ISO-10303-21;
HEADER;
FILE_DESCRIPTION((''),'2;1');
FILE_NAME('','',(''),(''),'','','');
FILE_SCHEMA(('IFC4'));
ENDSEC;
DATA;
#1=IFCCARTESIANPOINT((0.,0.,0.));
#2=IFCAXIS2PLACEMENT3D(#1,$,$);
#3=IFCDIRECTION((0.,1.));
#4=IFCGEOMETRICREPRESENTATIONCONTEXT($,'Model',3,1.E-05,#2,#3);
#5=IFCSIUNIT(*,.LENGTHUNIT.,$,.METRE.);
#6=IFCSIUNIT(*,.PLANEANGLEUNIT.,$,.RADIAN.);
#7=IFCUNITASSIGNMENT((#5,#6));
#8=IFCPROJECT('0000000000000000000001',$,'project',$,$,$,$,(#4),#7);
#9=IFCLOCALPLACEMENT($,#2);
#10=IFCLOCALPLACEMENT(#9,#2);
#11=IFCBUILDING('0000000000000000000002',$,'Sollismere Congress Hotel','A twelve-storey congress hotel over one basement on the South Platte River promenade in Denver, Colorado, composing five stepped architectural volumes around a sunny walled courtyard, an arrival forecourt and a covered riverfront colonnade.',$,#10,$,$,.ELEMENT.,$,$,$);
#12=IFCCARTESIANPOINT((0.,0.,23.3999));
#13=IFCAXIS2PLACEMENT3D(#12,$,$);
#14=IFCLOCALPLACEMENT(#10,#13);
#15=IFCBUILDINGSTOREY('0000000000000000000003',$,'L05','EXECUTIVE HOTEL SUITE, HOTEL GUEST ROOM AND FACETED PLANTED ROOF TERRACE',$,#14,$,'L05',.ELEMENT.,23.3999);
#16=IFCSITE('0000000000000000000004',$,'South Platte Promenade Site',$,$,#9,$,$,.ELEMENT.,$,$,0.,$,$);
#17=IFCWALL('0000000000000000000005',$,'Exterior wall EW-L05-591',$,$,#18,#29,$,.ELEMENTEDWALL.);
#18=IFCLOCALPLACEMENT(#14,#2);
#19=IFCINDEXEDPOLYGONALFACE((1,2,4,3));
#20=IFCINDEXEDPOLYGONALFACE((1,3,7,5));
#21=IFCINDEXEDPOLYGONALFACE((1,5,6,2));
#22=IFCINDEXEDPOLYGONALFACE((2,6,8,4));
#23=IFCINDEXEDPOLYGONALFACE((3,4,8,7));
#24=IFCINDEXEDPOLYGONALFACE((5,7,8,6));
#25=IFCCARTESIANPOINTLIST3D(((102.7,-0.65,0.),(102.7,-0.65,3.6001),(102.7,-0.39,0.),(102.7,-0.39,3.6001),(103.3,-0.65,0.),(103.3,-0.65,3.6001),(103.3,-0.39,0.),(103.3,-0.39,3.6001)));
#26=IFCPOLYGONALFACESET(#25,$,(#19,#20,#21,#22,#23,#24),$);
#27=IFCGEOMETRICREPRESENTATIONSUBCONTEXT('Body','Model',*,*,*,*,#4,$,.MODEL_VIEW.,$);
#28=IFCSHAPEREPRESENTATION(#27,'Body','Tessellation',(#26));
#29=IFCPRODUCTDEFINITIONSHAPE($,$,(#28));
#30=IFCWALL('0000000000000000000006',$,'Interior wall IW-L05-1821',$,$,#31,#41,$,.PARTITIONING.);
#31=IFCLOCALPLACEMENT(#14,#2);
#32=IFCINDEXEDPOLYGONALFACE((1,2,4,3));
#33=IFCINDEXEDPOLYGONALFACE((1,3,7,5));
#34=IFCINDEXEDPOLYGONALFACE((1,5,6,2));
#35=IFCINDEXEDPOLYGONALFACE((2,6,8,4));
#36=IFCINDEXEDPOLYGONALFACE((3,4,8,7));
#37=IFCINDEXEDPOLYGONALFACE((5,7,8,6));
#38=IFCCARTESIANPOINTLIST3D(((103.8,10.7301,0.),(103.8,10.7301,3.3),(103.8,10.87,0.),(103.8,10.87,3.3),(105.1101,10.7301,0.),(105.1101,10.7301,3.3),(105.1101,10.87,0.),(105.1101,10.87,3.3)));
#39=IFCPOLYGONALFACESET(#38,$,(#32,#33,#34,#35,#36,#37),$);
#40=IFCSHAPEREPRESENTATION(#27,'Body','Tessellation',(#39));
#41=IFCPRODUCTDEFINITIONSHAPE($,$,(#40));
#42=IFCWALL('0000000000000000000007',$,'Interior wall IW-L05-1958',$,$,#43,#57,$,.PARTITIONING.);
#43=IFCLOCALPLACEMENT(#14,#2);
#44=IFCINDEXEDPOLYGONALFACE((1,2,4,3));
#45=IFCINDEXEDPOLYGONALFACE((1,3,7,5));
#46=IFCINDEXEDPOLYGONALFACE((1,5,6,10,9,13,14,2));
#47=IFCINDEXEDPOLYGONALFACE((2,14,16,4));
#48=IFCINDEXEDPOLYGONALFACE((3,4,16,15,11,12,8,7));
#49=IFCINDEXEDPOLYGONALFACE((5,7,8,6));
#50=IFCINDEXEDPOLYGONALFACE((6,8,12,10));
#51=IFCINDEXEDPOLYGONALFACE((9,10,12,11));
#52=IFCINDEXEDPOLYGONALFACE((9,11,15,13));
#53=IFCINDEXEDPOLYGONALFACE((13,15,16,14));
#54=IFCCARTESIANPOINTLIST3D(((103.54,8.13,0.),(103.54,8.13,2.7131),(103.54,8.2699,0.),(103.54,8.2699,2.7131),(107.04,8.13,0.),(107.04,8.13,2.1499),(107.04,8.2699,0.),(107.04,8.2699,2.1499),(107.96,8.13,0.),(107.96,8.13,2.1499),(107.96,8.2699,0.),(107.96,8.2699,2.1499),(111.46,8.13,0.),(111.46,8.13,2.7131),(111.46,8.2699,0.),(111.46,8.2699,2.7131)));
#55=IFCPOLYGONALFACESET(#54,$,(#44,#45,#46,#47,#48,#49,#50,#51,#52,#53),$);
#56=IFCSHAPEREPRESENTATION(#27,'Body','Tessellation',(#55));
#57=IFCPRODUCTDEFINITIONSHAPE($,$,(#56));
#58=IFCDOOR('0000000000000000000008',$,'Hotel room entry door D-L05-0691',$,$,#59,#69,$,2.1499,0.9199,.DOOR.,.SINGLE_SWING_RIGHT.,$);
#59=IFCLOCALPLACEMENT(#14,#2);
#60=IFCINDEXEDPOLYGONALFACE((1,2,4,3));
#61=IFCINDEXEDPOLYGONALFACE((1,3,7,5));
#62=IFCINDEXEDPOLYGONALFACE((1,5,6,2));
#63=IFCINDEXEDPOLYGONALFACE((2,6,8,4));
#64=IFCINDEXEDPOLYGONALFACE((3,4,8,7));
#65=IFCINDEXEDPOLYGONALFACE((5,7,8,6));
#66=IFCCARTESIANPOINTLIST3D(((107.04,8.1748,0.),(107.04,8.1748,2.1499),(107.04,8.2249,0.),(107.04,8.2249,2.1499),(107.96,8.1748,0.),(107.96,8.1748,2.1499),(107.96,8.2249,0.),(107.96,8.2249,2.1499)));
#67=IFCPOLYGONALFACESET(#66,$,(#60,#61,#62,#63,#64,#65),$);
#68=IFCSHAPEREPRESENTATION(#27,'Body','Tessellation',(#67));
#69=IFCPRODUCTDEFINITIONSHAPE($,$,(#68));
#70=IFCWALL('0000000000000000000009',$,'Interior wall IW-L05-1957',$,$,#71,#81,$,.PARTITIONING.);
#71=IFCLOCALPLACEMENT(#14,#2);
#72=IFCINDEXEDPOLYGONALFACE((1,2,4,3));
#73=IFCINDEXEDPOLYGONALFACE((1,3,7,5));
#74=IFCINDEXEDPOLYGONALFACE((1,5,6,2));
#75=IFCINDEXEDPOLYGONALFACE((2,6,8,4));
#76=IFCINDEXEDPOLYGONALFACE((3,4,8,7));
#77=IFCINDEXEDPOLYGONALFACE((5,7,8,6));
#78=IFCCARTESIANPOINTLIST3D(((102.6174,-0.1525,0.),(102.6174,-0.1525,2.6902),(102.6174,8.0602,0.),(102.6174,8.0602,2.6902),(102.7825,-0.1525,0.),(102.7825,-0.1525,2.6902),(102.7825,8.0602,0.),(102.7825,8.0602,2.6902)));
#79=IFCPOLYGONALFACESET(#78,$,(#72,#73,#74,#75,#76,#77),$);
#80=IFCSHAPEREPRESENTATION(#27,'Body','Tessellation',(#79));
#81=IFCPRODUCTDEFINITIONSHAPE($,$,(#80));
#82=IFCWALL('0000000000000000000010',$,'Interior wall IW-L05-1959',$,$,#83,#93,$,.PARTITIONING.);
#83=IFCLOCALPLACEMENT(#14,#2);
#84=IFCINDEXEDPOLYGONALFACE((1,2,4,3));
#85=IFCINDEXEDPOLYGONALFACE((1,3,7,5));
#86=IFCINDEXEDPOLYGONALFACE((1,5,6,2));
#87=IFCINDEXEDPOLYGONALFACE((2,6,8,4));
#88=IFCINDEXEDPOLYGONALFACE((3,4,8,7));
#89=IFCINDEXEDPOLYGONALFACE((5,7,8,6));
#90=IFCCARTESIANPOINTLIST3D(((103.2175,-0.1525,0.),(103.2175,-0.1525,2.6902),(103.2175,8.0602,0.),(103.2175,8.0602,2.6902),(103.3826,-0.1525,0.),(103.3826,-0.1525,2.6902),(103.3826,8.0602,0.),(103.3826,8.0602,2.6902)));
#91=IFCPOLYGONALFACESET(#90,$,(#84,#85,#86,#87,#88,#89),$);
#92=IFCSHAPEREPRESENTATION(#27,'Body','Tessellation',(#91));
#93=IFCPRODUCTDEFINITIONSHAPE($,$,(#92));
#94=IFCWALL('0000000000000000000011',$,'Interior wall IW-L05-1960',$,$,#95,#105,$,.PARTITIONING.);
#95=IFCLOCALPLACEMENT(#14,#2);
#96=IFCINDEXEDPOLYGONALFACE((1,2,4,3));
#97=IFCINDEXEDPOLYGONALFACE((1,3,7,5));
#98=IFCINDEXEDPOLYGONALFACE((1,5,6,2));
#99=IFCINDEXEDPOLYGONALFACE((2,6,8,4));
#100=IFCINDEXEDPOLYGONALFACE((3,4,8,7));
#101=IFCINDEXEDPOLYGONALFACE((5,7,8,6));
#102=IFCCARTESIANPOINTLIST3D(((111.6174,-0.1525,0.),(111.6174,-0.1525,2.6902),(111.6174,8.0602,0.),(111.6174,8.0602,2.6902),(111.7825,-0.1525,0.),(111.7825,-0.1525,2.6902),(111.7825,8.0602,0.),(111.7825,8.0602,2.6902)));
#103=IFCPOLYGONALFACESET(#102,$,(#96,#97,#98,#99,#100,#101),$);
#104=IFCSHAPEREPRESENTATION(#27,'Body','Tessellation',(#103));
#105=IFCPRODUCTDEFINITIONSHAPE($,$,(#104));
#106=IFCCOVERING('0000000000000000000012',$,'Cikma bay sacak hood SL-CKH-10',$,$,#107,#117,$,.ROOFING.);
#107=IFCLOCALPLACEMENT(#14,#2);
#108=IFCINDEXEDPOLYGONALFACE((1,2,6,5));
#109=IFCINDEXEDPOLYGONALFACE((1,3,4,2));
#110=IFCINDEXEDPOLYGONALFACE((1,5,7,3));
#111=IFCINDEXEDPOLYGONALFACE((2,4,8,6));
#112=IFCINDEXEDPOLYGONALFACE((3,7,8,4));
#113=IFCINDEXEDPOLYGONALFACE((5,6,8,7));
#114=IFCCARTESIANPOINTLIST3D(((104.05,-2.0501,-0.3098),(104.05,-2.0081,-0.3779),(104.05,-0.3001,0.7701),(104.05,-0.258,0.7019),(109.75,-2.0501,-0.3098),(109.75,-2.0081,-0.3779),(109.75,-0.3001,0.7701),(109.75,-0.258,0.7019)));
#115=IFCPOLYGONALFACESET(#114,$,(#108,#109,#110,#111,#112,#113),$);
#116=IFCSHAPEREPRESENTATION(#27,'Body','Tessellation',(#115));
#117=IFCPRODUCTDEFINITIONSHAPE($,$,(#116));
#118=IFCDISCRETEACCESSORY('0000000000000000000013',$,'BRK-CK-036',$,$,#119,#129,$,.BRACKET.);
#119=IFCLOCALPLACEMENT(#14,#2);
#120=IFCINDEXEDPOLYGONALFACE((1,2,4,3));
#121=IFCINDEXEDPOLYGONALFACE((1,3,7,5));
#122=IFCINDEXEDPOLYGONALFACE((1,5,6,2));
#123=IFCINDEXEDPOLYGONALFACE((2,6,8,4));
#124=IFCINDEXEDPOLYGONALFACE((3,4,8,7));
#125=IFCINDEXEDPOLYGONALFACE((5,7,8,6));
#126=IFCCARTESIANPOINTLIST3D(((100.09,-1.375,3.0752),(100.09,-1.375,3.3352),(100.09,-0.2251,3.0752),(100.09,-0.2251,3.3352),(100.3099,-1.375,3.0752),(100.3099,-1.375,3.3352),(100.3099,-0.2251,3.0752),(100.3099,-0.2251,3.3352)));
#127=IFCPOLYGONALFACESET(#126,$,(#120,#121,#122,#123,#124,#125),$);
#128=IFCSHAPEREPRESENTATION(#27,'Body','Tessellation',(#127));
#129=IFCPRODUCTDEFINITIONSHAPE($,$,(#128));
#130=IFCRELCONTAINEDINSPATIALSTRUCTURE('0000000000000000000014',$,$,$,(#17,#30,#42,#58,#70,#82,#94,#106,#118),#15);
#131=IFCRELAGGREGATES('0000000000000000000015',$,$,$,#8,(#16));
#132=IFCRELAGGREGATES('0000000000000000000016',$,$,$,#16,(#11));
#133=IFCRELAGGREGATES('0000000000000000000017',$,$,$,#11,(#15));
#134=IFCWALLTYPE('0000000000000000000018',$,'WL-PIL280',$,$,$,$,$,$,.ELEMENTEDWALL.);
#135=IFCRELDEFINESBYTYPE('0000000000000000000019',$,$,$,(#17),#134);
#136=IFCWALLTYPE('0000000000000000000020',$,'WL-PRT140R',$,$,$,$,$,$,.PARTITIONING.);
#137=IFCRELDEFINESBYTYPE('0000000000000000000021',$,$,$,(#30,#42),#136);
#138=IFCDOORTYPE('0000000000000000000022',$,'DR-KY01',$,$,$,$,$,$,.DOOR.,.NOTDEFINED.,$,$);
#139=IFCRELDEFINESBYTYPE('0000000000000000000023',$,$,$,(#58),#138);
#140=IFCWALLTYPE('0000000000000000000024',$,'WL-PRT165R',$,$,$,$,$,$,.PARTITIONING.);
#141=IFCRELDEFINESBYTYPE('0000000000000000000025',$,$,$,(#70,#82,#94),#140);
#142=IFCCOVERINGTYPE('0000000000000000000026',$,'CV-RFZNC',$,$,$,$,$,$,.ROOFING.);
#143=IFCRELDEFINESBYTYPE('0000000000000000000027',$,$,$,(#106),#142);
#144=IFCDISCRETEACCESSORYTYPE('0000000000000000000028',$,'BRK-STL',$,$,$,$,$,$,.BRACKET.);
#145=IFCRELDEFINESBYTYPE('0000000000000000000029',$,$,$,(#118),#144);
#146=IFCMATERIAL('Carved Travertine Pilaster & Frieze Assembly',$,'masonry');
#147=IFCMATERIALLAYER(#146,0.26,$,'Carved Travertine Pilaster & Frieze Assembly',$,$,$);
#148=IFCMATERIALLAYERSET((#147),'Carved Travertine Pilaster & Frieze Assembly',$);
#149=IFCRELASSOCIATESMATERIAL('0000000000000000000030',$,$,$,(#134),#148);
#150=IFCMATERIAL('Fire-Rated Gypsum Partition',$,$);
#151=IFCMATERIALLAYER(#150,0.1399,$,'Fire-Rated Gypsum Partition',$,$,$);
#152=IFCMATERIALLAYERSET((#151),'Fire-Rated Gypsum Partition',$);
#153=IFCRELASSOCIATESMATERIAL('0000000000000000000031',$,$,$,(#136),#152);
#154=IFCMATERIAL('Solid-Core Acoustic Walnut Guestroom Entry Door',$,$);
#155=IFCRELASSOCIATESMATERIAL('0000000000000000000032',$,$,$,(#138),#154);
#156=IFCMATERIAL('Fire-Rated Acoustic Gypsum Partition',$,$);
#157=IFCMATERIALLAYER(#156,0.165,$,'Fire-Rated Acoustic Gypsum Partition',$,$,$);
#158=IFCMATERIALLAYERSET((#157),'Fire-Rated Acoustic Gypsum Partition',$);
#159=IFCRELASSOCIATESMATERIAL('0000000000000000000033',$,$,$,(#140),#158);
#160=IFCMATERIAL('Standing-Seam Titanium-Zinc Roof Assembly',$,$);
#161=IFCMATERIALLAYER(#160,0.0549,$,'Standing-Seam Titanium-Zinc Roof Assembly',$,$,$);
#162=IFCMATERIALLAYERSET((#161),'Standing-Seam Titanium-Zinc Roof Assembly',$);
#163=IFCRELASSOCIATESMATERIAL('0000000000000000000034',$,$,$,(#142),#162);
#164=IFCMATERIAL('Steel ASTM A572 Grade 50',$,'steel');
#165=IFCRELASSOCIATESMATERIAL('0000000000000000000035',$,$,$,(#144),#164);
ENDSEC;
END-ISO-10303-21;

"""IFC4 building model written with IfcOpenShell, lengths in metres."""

from ifc_helpers import new_model, si_unit, direction, frame, frame_2d, origin, origin_2d, place, context, subcontext, project, spatial, polyline, rectangle, outline, extrude, material, layer, layer_set, type_object, element, fill, save


model = new_model("IFC4")

# Units and contexts
model_context = context("Model", 3, precision=1e-05, world=origin(), true_north=direction((0.0, 1.0)))
body_context = subcontext(model_context, "Body", "Model", "MODEL_VIEW")
ifc_project = project(units=[si_unit("LENGTHUNIT", "METRE"), si_unit("PLANEANGLEUNIT", "RADIAN")], contexts=[model_context])

# Site, building, storey
site_placement = place(None, origin())
site = spatial("IfcSite", under=ifc_project, at=site_placement, Name="South Platte Promenade Site", CompositionType="ELEMENT", RefElevation=0.0)
building_placement = place(site_placement, origin())
building = spatial("IfcBuilding", under=site, at=building_placement, Name="Sollismere Congress Hotel", Description="A twelve-storey congress hotel over one basement on the South Platte River promenade in Denver, Colorado, composing five stepped architectural volumes around a sunny walled courtyard, an arrival forecourt and a covered riverfront colonnade.", CompositionType="ELEMENT")
storey_placement = place(building_placement, frame((0.0, 0.0, 23.3999)))
storey = spatial("IfcBuildingStorey", under=building, at=storey_placement, Name="L05", Description="EXECUTIVE HOTEL SUITE, HOTEL GUEST ROOM AND FACETED PLANTED ROOF TERRACE", LongName="L05", CompositionType="ELEMENT", Elevation=23.3999)

# Walls
ifc_material_1 = material(Name="Carved Travertine Pilaster & Frieze Assembly", Category="masonry")
ifc_layer_1 = layer(ifc_material_1, 0.26, Name="Carved Travertine Pilaster & Frieze Assembly")
ifc_layer_set_1 = layer_set([ifc_layer_1], Name="Carved Travertine Pilaster & Frieze Assembly")
wall_type_1 = type_object("IfcWallType", Name="WL-PIL280", PredefinedType="ELEMENTEDWALL", material=ifc_layer_set_1)
wall_1_placement = place(storey_placement, frame((102.7, -0.52, 0.0), z_axis=(0.0, 0.0, 1.0), x_axis=(1.0, 0.0, 0.0)))
element("IfcWall", 1, at=wall_1_placement, inside=storey, type_object=wall_type_1, Name="Exterior wall EW-L05-591", PredefinedType="ELEMENTEDWALL", context=body_context, shape_type="SweptSolid", body=[
    extrude(rectangle(XDim=0.6001, YDim=0.26, at=frame_2d((0.3, 0.0))), origin(), (0.0, 0.0, 1.0), 3.6001),
])
ifc_material_2 = material(Name="Fire-Rated Gypsum Partition")
ifc_layer_2 = layer(ifc_material_2, 0.1399, Name="Fire-Rated Gypsum Partition")
ifc_layer_set_2 = layer_set([ifc_layer_2], Name="Fire-Rated Gypsum Partition")
wall_type_2 = type_object("IfcWallType", Name="WL-PRT140R", PredefinedType="PARTITIONING", material=ifc_layer_set_2)
wall_2_placement = place(storey_placement, frame((103.8, 10.8, 0.0), z_axis=(0.0, 0.0, 1.0), x_axis=(1.0, 0.0, 0.0)))
element("IfcWall", 2, at=wall_2_placement, inside=storey, type_object=wall_type_2, Name="Interior wall IW-L05-1821", PredefinedType="PARTITIONING", context=body_context, shape_type="SweptSolid", body=[
    extrude(rectangle(XDim=1.3101, YDim=0.1399, at=frame_2d((0.655, 0.0))), origin(), (0.0, 0.0, 1.0), 3.3),
])

# Wall, opening, door
ifc_material_3 = material(Name="Solid-Core Acoustic Walnut Guestroom Entry Door")
wall_3_placement = place(storey_placement, frame((103.54, 8.2, 0.0), z_axis=(0.0, 0.0, 1.0), x_axis=(1.0, 0.0, 0.0)))
wall_3 = element("IfcWall", 3, at=wall_3_placement, inside=storey, type_object=wall_type_2, Name="Interior wall IW-L05-1958", PredefinedType="PARTITIONING", context=body_context, shape_type="SweptSolid", body=[
    extrude(rectangle(XDim=7.9199, YDim=0.1399, at=frame_2d((3.96, 0.0))), origin(), (0.0, 0.0, 1.0), 2.7131),
])
opening_1_placement = place(wall_3_placement, frame((3.5, 0.0, 0.0)))
opening_1 = element("IfcOpeningElement", 4, at=opening_1_placement, cuts=wall_3, PredefinedType="OPENING", context=body_context, shape_type="SweptSolid", body=[
    extrude(rectangle(XDim=0.9199, YDim=2.1499, at=frame_2d((0.46, 1.075))), frame((0.0, 0.0798, 0.0), z_axis=(0.0, -1.0, 0.0), x_axis=(1.0, 0.0, 0.0)), (0.0, 0.0, 1.0), 0.1599),
])
door_type_1 = type_object("IfcDoorType", Name="DR-KY01", OperationType="NOTDEFINED", PredefinedType="DOOR", material=ifc_material_3)
door_1_placement = place(opening_1_placement, origin())
door_1 = element("IfcDoor", 5, at=door_1_placement, inside=storey, type_object=door_type_1, Name="Hotel room entry door D-L05-0691", OperationType="SINGLE_SWING_RIGHT", OverallHeight=2.1499, OverallWidth=0.9199, PredefinedType="DOOR", context=body_context, shape_type="SweptSolid", body=[
    extrude(rectangle(XDim=0.9199, YDim=2.1499, at=frame_2d((0.46, 1.075))), frame((0.0, 0.0249, 0.0), z_axis=(0.0, -1.0, 0.0), x_axis=(1.0, 0.0, 0.0)), (0.0, 0.0, 1.0), 0.05),
])
fill(opening_1, door_1)

# Walls
ifc_material_4 = material(Name="Fire-Rated Acoustic Gypsum Partition")
ifc_layer_3 = layer(ifc_material_4, 0.165, Name="Fire-Rated Acoustic Gypsum Partition")
ifc_layer_set_3 = layer_set([ifc_layer_3], Name="Fire-Rated Acoustic Gypsum Partition")
wall_type_3 = type_object("IfcWallType", Name="WL-PRT165R", PredefinedType="PARTITIONING", material=ifc_layer_set_3)
for number, where, z_axis, x_axis, name in (
    (6, (102.7, -0.1526, 0.0), (0.0, 0.0, 1.0), (0.0, 1.0, 0.0), "Interior wall IW-L05-1957"),
    (7, (103.3, -0.1526, 0.0), (0.0, 0.0, 1.0), (0.0, 1.0, 0.0), "Interior wall IW-L05-1959"),
    (8, (111.7, -0.1526, 0.0), (0.0, 0.0, 1.0), (0.0, 1.0, 0.0), "Interior wall IW-L05-1960"),
):
    element("IfcWall", number, at=place(storey_placement, frame(where, z_axis=z_axis, x_axis=x_axis)), inside=storey, type_object=wall_type_3, Name=name, PredefinedType="PARTITIONING", context=body_context, shape_type="SweptSolid", body=[
        extrude(rectangle(XDim=8.2126, YDim=0.165, at=frame_2d((4.1064, 0.0))), origin(), (0.0, 0.0, 1.0), 2.6902),
    ])

# Covering
ifc_material_5 = material(Name="Standing-Seam Titanium-Zinc Roof Assembly")
ifc_layer_4 = layer(ifc_material_5, 0.0549, Name="Standing-Seam Titanium-Zinc Roof Assembly")
ifc_layer_set_4 = layer_set([ifc_layer_4], Name="Standing-Seam Titanium-Zinc Roof Assembly")
covering_type = type_object("IfcCoveringType", Name="CV-RFZNC", PredefinedType="ROOFING", material=ifc_layer_set_4)
covering_placement = place(storey_placement, frame((104.05, -2.0081, -0.3779), z_axis=(0.0, -0.525124, 0.851026), x_axis=(1.0, 0.0, 0.0)))
element("IfcCovering", 9, at=covering_placement, inside=storey, type_object=covering_type, Name="Cikma bay sacak hood SL-CKH-10", PredefinedType="ROOFING", context=body_context, shape_type="SweptSolid", body=[
    extrude(outline(polyline([(0.0, 0.0), (5.7, 0.0), (5.7, 2.0564), (0.0, 2.0564), (0.0, 0.0)])), origin(), (0.0, 0.0, 1.0), 0.0801),
])

# Discrete accessory
ifc_material_6 = material(Name="Steel ASTM A572 Grade 50", Category="steel")
discrete_accessory_type = type_object("IfcDiscreteAccessoryType", Name="BRK-STL", PredefinedType="BRACKET", material=ifc_material_6)
discrete_accessory_placement = place(storey_placement, frame((100.2, -0.8, 3.0752), z_axis=(0.0, 0.0, 1.0), x_axis=(1.0, 0.0, 0.0)))
element("IfcDiscreteAccessory", 10, at=discrete_accessory_placement, inside=storey, type_object=discrete_accessory_type, Name="BRK-CK-036", PredefinedType="BRACKET", context=body_context, shape_type="SweptSolid", body=[
    extrude(rectangle(XDim=0.22, YDim=1.1499, at=origin_2d()), origin(), (0.0, 0.0, 1.0), 0.26),
])

save(model, "model.ifc")
